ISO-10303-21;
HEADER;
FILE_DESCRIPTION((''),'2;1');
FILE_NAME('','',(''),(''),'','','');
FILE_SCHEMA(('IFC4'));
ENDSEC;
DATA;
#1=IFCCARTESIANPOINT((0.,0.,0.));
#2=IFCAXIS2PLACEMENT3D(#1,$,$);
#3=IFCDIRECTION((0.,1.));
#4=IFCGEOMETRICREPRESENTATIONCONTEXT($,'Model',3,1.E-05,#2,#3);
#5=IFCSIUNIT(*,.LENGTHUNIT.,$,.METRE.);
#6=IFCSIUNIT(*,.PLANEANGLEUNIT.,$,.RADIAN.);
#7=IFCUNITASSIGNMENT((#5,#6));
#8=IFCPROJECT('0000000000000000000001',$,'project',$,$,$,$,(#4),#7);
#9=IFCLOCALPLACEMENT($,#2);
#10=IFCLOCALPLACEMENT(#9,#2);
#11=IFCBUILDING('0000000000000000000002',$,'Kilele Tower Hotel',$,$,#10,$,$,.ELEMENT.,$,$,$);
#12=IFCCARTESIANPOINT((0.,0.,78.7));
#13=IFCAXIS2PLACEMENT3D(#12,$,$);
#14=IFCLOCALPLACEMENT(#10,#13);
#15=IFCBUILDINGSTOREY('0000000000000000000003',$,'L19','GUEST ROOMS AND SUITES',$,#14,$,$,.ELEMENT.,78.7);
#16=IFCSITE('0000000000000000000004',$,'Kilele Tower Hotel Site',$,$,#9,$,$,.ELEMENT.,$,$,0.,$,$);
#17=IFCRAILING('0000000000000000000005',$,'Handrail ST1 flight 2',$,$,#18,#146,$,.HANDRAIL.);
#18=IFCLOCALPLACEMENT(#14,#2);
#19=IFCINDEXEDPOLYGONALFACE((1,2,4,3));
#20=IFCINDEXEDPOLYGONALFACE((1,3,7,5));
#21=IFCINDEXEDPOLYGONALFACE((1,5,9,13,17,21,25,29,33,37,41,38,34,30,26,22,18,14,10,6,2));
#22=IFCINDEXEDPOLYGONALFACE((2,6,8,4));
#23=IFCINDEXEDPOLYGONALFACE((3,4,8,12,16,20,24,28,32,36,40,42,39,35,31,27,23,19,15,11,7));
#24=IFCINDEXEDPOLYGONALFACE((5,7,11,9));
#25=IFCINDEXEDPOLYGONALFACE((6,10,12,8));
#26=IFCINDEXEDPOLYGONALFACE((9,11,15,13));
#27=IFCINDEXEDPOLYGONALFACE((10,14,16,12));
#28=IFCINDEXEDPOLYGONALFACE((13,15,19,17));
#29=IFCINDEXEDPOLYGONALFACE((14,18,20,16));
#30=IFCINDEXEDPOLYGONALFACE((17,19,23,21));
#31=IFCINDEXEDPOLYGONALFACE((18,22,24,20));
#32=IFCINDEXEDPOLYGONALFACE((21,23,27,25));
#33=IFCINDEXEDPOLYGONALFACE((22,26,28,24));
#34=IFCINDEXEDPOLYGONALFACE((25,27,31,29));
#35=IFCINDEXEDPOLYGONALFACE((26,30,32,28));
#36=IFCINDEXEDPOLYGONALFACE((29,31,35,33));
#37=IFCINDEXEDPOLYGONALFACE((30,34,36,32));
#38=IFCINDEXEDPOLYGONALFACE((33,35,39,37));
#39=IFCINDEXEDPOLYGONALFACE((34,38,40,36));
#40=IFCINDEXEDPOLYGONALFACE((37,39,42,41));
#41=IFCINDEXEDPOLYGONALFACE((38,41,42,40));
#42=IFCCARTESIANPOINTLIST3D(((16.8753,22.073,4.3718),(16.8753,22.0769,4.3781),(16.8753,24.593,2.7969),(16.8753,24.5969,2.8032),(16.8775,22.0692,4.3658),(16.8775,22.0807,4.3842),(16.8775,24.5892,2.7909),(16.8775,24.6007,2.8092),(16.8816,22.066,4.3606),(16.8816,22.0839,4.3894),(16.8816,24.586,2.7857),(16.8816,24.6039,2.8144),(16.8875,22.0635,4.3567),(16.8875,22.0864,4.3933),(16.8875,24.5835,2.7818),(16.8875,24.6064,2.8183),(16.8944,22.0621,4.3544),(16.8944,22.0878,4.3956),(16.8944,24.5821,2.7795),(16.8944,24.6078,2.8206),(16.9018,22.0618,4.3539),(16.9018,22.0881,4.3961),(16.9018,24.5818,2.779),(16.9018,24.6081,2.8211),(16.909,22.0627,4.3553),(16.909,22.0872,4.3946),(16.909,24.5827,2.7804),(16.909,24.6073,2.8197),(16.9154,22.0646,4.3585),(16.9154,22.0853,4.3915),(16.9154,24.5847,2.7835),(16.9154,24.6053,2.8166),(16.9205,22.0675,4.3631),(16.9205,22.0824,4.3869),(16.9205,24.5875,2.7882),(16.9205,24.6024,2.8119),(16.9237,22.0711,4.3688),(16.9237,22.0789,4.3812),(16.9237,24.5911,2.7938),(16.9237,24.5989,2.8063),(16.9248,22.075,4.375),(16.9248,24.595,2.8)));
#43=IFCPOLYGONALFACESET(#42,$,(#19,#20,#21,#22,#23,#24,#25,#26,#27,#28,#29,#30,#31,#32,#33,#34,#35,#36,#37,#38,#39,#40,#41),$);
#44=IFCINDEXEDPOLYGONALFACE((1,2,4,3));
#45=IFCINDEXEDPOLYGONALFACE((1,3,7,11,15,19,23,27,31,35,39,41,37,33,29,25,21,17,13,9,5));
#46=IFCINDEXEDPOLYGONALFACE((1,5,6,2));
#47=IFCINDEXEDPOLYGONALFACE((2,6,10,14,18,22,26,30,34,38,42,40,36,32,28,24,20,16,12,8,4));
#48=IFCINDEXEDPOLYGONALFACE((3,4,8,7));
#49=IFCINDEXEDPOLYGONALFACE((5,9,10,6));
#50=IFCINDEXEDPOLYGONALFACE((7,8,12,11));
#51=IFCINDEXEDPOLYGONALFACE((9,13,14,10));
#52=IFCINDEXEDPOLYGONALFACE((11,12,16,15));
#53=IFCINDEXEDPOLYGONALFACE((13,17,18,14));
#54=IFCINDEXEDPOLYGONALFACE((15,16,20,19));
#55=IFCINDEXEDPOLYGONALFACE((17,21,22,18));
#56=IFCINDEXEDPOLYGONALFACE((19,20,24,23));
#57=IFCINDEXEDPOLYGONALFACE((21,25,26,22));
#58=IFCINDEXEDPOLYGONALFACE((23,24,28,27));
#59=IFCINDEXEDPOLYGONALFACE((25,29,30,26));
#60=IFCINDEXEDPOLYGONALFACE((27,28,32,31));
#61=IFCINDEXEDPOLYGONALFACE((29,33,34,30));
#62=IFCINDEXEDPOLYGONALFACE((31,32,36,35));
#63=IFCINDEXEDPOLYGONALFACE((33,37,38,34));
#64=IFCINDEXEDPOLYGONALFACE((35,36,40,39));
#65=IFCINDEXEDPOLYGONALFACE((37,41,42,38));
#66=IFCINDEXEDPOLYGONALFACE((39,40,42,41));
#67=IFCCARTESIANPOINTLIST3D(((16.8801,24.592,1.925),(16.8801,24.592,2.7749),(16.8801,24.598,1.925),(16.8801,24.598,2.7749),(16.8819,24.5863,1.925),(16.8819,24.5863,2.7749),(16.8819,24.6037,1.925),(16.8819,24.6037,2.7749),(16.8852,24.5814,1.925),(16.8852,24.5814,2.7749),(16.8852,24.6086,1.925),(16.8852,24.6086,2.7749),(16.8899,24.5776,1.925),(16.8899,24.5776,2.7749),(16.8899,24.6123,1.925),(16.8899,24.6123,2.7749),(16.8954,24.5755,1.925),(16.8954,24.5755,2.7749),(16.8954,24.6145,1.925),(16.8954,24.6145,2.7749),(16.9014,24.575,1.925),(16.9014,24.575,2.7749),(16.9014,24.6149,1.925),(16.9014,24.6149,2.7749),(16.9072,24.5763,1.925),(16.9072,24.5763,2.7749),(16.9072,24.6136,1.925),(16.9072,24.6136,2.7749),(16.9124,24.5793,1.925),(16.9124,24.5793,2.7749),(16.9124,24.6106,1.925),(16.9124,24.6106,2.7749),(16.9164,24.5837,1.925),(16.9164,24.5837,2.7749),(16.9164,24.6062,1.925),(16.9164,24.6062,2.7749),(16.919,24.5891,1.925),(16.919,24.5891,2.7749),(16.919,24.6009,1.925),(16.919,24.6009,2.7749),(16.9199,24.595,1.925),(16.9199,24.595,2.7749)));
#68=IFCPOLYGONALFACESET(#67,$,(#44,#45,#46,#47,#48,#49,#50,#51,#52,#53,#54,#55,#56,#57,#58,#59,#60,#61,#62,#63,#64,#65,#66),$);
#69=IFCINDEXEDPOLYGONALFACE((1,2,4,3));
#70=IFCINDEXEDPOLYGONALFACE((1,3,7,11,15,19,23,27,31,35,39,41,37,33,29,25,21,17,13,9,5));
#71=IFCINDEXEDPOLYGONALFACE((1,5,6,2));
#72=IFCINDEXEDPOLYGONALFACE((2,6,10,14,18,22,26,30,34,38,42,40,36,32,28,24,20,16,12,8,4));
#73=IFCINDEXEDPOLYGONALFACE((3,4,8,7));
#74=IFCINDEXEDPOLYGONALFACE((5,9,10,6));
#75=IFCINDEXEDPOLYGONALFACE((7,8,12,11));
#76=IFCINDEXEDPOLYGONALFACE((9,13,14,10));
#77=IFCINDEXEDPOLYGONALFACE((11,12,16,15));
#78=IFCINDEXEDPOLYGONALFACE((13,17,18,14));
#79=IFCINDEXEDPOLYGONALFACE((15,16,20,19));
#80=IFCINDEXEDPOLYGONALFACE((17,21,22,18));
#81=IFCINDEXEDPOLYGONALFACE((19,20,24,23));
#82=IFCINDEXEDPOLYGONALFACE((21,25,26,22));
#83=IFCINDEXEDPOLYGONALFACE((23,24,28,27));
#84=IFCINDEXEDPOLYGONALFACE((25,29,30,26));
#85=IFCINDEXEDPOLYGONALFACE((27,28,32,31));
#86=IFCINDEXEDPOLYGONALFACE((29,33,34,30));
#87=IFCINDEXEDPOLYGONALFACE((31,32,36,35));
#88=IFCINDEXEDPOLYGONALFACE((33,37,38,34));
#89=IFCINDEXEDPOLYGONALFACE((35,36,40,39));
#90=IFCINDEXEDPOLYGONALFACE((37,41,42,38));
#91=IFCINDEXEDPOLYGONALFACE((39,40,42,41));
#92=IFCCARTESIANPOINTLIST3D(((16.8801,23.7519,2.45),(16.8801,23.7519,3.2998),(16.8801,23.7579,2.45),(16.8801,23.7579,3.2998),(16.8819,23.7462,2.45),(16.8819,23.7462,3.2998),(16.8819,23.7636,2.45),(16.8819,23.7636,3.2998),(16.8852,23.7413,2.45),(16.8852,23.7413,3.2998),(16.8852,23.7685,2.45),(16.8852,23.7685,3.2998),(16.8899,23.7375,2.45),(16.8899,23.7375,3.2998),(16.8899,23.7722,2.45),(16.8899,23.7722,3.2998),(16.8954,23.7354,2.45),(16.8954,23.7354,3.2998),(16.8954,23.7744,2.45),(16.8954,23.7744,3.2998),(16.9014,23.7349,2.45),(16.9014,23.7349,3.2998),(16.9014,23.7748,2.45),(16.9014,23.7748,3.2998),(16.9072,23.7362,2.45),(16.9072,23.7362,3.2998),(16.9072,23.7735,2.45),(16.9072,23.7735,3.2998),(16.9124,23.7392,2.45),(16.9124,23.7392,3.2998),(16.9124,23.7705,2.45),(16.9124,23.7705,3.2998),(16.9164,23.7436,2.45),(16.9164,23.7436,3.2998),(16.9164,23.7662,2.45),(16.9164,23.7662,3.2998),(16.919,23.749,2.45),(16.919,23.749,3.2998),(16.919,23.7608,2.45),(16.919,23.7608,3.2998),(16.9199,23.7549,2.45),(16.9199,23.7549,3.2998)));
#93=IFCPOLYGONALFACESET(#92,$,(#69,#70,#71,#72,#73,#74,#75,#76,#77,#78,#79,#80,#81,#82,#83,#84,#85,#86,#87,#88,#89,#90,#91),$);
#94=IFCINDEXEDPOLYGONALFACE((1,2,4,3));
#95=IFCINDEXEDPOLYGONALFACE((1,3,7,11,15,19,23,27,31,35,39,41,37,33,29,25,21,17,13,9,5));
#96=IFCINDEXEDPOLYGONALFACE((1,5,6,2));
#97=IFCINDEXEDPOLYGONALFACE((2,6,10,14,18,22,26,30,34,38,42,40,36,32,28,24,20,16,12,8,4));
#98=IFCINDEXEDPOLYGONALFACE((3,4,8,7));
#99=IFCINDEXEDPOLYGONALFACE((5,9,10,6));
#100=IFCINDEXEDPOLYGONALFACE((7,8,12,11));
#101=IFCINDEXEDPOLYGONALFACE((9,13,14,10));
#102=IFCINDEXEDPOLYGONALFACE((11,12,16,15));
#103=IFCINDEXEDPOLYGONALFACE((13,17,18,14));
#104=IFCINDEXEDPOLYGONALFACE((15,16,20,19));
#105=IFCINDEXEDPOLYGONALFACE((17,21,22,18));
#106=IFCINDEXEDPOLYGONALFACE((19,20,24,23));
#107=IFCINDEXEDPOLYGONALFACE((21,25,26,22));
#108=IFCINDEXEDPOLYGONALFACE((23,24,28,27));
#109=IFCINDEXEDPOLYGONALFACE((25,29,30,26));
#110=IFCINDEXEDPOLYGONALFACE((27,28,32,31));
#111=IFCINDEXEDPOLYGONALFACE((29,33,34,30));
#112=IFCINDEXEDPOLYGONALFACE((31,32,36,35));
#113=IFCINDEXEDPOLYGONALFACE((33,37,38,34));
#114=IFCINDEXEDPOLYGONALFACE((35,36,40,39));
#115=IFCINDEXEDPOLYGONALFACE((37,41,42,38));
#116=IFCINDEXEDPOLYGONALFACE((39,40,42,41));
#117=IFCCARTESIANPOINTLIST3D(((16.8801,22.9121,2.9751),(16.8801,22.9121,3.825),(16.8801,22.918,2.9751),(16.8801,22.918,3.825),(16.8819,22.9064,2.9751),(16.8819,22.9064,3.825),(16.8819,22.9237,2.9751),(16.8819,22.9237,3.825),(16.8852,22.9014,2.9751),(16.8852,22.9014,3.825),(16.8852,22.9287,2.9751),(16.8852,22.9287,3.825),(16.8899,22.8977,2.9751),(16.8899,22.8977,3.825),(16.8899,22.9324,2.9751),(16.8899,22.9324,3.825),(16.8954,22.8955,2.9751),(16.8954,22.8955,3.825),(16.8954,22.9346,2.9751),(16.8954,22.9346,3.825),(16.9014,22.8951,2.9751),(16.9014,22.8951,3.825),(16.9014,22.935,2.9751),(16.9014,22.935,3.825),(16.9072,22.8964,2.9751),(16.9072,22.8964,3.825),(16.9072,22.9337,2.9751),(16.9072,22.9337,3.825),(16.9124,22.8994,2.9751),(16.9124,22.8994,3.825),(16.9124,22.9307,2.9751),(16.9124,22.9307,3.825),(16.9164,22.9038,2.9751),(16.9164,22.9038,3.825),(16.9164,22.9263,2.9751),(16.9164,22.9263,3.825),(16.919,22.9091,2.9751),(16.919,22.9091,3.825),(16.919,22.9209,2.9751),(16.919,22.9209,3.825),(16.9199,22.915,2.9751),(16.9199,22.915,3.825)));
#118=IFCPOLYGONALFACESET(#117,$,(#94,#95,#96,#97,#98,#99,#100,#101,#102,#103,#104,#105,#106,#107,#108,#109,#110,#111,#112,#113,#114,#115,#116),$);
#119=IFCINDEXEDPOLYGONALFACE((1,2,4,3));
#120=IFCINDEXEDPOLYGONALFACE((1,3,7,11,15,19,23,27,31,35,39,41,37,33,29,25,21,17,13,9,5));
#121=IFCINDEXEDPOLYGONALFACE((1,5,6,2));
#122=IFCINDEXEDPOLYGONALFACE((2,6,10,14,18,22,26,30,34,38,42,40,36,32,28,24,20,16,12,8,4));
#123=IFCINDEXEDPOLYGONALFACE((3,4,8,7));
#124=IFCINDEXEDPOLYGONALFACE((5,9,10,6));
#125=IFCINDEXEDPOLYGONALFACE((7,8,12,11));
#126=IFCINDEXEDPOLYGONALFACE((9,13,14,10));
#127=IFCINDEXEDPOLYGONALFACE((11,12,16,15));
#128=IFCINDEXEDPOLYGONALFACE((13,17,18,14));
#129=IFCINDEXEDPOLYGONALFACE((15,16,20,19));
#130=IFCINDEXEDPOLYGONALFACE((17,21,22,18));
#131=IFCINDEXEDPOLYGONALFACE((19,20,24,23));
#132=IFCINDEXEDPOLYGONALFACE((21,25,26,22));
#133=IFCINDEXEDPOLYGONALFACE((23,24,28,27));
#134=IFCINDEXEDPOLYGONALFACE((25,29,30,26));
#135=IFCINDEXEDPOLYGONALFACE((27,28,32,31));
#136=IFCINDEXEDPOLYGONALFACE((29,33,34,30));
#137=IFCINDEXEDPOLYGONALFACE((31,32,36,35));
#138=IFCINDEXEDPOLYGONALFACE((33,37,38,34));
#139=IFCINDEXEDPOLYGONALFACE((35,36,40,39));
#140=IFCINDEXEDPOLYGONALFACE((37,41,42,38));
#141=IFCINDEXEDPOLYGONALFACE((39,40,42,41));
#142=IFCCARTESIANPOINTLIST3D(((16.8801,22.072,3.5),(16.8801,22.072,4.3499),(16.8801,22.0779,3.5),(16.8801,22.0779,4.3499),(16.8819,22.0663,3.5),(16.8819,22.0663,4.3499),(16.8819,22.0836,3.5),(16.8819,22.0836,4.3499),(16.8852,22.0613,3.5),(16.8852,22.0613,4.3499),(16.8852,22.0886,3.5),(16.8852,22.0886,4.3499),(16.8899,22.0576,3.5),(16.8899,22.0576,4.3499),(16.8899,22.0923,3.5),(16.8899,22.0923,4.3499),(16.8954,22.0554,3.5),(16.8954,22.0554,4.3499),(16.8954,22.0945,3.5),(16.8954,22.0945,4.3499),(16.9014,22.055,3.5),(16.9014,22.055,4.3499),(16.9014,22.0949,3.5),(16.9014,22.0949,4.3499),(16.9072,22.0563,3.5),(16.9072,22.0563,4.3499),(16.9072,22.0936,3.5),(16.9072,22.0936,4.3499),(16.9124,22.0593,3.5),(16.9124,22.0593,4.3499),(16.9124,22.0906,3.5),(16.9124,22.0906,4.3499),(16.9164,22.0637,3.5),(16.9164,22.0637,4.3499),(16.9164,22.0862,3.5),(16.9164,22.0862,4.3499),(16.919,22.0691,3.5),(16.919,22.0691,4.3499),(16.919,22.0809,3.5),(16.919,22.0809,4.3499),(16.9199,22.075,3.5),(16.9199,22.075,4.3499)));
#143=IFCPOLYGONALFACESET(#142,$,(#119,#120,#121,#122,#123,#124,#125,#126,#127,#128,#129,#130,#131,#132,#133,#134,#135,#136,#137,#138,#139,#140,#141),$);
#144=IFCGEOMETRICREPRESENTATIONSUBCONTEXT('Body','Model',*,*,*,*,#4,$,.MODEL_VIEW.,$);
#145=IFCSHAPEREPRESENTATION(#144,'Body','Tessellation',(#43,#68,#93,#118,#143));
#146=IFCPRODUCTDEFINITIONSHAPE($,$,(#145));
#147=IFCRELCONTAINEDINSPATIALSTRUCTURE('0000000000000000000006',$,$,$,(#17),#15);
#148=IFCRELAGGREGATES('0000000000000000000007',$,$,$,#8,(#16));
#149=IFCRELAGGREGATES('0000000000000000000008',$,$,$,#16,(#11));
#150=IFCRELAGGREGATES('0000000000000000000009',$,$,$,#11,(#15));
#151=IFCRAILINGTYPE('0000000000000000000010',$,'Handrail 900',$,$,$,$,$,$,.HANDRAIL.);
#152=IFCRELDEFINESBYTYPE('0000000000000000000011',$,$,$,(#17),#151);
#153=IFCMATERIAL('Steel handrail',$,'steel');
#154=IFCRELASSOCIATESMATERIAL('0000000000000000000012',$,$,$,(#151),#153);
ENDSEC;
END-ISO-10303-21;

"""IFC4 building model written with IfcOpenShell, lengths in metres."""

from ifc_helpers import new_model, si_unit, direction, frame, origin, origin_2d, place, context, subcontext, project, spatial, circle, extrude, material, type_object, element, save


model = new_model("IFC4")

# Units and contexts
model_context = context("Model", 3, precision=1e-05, world=origin(), true_north=direction((0.0, 1.0)))
body_context = subcontext(model_context, "Body", "Model", "MODEL_VIEW")
ifc_project = project(units=[si_unit("LENGTHUNIT", "METRE"), si_unit("PLANEANGLEUNIT", "RADIAN")], contexts=[model_context])

# Site, building, storey
site_placement = place(None, origin())
site = spatial("IfcSite", under=ifc_project, at=site_placement, Name="Kilele Tower Hotel Site", CompositionType="ELEMENT", RefElevation=0.0)
building_placement = place(site_placement, origin())
building = spatial("IfcBuilding", under=site, at=building_placement, Name="Kilele Tower Hotel", CompositionType="ELEMENT")
storey_placement = place(building_placement, frame((0.0, 0.0, 78.7)))
storey = spatial("IfcBuildingStorey", under=building, at=storey_placement, Name="L19", Description="GUEST ROOMS AND SUITES", CompositionType="ELEMENT", Elevation=78.7)

# Railing
ifc_material_1 = material(Name="Steel handrail", Category="steel")
railing_type_1 = type_object("IfcRailingType", Name="Handrail 900", PredefinedType="HANDRAIL", material=ifc_material_1)
for number, where, name in (
    (1, (16.8999, 24.595, 1.925), "Handrail ST1 flight 2"),
):
    element("IfcRailing", number, at=place(storey_placement, frame(where)), inside=storey, type_object=railing_type_1, Name=name, PredefinedType="HANDRAIL", context=body_context, shape_type="SweptSolid", body=[
        extrude(circle(Radius=0.0249, at=origin_2d()), frame((0.0, 0.0, 0.875), z_axis=(0.0, -0.848008, 0.529984), x_axis=(1.0, 0.0, 0.0)), (0.0, 0.0, 1.0), 2.9717),
        extrude(circle(Radius=0.02, at=origin_2d()), origin(), (0.0, 0.0, 1.0), 0.8499),
        extrude(circle(Radius=0.02, at=origin_2d()), frame((0.0, -0.8401, 0.5249)), (0.0, 0.0, 1.0), 0.8499),
        extrude(circle(Radius=0.02, at=origin_2d()), frame((0.0, -1.6799, 1.05)), (0.0, 0.0, 1.0), 0.8499),
        extrude(circle(Radius=0.02, at=origin_2d()), frame((0.0, -2.52, 1.575)), (0.0, 0.0, 1.0), 0.8499),
    ])

save(model, "model.ifc")
